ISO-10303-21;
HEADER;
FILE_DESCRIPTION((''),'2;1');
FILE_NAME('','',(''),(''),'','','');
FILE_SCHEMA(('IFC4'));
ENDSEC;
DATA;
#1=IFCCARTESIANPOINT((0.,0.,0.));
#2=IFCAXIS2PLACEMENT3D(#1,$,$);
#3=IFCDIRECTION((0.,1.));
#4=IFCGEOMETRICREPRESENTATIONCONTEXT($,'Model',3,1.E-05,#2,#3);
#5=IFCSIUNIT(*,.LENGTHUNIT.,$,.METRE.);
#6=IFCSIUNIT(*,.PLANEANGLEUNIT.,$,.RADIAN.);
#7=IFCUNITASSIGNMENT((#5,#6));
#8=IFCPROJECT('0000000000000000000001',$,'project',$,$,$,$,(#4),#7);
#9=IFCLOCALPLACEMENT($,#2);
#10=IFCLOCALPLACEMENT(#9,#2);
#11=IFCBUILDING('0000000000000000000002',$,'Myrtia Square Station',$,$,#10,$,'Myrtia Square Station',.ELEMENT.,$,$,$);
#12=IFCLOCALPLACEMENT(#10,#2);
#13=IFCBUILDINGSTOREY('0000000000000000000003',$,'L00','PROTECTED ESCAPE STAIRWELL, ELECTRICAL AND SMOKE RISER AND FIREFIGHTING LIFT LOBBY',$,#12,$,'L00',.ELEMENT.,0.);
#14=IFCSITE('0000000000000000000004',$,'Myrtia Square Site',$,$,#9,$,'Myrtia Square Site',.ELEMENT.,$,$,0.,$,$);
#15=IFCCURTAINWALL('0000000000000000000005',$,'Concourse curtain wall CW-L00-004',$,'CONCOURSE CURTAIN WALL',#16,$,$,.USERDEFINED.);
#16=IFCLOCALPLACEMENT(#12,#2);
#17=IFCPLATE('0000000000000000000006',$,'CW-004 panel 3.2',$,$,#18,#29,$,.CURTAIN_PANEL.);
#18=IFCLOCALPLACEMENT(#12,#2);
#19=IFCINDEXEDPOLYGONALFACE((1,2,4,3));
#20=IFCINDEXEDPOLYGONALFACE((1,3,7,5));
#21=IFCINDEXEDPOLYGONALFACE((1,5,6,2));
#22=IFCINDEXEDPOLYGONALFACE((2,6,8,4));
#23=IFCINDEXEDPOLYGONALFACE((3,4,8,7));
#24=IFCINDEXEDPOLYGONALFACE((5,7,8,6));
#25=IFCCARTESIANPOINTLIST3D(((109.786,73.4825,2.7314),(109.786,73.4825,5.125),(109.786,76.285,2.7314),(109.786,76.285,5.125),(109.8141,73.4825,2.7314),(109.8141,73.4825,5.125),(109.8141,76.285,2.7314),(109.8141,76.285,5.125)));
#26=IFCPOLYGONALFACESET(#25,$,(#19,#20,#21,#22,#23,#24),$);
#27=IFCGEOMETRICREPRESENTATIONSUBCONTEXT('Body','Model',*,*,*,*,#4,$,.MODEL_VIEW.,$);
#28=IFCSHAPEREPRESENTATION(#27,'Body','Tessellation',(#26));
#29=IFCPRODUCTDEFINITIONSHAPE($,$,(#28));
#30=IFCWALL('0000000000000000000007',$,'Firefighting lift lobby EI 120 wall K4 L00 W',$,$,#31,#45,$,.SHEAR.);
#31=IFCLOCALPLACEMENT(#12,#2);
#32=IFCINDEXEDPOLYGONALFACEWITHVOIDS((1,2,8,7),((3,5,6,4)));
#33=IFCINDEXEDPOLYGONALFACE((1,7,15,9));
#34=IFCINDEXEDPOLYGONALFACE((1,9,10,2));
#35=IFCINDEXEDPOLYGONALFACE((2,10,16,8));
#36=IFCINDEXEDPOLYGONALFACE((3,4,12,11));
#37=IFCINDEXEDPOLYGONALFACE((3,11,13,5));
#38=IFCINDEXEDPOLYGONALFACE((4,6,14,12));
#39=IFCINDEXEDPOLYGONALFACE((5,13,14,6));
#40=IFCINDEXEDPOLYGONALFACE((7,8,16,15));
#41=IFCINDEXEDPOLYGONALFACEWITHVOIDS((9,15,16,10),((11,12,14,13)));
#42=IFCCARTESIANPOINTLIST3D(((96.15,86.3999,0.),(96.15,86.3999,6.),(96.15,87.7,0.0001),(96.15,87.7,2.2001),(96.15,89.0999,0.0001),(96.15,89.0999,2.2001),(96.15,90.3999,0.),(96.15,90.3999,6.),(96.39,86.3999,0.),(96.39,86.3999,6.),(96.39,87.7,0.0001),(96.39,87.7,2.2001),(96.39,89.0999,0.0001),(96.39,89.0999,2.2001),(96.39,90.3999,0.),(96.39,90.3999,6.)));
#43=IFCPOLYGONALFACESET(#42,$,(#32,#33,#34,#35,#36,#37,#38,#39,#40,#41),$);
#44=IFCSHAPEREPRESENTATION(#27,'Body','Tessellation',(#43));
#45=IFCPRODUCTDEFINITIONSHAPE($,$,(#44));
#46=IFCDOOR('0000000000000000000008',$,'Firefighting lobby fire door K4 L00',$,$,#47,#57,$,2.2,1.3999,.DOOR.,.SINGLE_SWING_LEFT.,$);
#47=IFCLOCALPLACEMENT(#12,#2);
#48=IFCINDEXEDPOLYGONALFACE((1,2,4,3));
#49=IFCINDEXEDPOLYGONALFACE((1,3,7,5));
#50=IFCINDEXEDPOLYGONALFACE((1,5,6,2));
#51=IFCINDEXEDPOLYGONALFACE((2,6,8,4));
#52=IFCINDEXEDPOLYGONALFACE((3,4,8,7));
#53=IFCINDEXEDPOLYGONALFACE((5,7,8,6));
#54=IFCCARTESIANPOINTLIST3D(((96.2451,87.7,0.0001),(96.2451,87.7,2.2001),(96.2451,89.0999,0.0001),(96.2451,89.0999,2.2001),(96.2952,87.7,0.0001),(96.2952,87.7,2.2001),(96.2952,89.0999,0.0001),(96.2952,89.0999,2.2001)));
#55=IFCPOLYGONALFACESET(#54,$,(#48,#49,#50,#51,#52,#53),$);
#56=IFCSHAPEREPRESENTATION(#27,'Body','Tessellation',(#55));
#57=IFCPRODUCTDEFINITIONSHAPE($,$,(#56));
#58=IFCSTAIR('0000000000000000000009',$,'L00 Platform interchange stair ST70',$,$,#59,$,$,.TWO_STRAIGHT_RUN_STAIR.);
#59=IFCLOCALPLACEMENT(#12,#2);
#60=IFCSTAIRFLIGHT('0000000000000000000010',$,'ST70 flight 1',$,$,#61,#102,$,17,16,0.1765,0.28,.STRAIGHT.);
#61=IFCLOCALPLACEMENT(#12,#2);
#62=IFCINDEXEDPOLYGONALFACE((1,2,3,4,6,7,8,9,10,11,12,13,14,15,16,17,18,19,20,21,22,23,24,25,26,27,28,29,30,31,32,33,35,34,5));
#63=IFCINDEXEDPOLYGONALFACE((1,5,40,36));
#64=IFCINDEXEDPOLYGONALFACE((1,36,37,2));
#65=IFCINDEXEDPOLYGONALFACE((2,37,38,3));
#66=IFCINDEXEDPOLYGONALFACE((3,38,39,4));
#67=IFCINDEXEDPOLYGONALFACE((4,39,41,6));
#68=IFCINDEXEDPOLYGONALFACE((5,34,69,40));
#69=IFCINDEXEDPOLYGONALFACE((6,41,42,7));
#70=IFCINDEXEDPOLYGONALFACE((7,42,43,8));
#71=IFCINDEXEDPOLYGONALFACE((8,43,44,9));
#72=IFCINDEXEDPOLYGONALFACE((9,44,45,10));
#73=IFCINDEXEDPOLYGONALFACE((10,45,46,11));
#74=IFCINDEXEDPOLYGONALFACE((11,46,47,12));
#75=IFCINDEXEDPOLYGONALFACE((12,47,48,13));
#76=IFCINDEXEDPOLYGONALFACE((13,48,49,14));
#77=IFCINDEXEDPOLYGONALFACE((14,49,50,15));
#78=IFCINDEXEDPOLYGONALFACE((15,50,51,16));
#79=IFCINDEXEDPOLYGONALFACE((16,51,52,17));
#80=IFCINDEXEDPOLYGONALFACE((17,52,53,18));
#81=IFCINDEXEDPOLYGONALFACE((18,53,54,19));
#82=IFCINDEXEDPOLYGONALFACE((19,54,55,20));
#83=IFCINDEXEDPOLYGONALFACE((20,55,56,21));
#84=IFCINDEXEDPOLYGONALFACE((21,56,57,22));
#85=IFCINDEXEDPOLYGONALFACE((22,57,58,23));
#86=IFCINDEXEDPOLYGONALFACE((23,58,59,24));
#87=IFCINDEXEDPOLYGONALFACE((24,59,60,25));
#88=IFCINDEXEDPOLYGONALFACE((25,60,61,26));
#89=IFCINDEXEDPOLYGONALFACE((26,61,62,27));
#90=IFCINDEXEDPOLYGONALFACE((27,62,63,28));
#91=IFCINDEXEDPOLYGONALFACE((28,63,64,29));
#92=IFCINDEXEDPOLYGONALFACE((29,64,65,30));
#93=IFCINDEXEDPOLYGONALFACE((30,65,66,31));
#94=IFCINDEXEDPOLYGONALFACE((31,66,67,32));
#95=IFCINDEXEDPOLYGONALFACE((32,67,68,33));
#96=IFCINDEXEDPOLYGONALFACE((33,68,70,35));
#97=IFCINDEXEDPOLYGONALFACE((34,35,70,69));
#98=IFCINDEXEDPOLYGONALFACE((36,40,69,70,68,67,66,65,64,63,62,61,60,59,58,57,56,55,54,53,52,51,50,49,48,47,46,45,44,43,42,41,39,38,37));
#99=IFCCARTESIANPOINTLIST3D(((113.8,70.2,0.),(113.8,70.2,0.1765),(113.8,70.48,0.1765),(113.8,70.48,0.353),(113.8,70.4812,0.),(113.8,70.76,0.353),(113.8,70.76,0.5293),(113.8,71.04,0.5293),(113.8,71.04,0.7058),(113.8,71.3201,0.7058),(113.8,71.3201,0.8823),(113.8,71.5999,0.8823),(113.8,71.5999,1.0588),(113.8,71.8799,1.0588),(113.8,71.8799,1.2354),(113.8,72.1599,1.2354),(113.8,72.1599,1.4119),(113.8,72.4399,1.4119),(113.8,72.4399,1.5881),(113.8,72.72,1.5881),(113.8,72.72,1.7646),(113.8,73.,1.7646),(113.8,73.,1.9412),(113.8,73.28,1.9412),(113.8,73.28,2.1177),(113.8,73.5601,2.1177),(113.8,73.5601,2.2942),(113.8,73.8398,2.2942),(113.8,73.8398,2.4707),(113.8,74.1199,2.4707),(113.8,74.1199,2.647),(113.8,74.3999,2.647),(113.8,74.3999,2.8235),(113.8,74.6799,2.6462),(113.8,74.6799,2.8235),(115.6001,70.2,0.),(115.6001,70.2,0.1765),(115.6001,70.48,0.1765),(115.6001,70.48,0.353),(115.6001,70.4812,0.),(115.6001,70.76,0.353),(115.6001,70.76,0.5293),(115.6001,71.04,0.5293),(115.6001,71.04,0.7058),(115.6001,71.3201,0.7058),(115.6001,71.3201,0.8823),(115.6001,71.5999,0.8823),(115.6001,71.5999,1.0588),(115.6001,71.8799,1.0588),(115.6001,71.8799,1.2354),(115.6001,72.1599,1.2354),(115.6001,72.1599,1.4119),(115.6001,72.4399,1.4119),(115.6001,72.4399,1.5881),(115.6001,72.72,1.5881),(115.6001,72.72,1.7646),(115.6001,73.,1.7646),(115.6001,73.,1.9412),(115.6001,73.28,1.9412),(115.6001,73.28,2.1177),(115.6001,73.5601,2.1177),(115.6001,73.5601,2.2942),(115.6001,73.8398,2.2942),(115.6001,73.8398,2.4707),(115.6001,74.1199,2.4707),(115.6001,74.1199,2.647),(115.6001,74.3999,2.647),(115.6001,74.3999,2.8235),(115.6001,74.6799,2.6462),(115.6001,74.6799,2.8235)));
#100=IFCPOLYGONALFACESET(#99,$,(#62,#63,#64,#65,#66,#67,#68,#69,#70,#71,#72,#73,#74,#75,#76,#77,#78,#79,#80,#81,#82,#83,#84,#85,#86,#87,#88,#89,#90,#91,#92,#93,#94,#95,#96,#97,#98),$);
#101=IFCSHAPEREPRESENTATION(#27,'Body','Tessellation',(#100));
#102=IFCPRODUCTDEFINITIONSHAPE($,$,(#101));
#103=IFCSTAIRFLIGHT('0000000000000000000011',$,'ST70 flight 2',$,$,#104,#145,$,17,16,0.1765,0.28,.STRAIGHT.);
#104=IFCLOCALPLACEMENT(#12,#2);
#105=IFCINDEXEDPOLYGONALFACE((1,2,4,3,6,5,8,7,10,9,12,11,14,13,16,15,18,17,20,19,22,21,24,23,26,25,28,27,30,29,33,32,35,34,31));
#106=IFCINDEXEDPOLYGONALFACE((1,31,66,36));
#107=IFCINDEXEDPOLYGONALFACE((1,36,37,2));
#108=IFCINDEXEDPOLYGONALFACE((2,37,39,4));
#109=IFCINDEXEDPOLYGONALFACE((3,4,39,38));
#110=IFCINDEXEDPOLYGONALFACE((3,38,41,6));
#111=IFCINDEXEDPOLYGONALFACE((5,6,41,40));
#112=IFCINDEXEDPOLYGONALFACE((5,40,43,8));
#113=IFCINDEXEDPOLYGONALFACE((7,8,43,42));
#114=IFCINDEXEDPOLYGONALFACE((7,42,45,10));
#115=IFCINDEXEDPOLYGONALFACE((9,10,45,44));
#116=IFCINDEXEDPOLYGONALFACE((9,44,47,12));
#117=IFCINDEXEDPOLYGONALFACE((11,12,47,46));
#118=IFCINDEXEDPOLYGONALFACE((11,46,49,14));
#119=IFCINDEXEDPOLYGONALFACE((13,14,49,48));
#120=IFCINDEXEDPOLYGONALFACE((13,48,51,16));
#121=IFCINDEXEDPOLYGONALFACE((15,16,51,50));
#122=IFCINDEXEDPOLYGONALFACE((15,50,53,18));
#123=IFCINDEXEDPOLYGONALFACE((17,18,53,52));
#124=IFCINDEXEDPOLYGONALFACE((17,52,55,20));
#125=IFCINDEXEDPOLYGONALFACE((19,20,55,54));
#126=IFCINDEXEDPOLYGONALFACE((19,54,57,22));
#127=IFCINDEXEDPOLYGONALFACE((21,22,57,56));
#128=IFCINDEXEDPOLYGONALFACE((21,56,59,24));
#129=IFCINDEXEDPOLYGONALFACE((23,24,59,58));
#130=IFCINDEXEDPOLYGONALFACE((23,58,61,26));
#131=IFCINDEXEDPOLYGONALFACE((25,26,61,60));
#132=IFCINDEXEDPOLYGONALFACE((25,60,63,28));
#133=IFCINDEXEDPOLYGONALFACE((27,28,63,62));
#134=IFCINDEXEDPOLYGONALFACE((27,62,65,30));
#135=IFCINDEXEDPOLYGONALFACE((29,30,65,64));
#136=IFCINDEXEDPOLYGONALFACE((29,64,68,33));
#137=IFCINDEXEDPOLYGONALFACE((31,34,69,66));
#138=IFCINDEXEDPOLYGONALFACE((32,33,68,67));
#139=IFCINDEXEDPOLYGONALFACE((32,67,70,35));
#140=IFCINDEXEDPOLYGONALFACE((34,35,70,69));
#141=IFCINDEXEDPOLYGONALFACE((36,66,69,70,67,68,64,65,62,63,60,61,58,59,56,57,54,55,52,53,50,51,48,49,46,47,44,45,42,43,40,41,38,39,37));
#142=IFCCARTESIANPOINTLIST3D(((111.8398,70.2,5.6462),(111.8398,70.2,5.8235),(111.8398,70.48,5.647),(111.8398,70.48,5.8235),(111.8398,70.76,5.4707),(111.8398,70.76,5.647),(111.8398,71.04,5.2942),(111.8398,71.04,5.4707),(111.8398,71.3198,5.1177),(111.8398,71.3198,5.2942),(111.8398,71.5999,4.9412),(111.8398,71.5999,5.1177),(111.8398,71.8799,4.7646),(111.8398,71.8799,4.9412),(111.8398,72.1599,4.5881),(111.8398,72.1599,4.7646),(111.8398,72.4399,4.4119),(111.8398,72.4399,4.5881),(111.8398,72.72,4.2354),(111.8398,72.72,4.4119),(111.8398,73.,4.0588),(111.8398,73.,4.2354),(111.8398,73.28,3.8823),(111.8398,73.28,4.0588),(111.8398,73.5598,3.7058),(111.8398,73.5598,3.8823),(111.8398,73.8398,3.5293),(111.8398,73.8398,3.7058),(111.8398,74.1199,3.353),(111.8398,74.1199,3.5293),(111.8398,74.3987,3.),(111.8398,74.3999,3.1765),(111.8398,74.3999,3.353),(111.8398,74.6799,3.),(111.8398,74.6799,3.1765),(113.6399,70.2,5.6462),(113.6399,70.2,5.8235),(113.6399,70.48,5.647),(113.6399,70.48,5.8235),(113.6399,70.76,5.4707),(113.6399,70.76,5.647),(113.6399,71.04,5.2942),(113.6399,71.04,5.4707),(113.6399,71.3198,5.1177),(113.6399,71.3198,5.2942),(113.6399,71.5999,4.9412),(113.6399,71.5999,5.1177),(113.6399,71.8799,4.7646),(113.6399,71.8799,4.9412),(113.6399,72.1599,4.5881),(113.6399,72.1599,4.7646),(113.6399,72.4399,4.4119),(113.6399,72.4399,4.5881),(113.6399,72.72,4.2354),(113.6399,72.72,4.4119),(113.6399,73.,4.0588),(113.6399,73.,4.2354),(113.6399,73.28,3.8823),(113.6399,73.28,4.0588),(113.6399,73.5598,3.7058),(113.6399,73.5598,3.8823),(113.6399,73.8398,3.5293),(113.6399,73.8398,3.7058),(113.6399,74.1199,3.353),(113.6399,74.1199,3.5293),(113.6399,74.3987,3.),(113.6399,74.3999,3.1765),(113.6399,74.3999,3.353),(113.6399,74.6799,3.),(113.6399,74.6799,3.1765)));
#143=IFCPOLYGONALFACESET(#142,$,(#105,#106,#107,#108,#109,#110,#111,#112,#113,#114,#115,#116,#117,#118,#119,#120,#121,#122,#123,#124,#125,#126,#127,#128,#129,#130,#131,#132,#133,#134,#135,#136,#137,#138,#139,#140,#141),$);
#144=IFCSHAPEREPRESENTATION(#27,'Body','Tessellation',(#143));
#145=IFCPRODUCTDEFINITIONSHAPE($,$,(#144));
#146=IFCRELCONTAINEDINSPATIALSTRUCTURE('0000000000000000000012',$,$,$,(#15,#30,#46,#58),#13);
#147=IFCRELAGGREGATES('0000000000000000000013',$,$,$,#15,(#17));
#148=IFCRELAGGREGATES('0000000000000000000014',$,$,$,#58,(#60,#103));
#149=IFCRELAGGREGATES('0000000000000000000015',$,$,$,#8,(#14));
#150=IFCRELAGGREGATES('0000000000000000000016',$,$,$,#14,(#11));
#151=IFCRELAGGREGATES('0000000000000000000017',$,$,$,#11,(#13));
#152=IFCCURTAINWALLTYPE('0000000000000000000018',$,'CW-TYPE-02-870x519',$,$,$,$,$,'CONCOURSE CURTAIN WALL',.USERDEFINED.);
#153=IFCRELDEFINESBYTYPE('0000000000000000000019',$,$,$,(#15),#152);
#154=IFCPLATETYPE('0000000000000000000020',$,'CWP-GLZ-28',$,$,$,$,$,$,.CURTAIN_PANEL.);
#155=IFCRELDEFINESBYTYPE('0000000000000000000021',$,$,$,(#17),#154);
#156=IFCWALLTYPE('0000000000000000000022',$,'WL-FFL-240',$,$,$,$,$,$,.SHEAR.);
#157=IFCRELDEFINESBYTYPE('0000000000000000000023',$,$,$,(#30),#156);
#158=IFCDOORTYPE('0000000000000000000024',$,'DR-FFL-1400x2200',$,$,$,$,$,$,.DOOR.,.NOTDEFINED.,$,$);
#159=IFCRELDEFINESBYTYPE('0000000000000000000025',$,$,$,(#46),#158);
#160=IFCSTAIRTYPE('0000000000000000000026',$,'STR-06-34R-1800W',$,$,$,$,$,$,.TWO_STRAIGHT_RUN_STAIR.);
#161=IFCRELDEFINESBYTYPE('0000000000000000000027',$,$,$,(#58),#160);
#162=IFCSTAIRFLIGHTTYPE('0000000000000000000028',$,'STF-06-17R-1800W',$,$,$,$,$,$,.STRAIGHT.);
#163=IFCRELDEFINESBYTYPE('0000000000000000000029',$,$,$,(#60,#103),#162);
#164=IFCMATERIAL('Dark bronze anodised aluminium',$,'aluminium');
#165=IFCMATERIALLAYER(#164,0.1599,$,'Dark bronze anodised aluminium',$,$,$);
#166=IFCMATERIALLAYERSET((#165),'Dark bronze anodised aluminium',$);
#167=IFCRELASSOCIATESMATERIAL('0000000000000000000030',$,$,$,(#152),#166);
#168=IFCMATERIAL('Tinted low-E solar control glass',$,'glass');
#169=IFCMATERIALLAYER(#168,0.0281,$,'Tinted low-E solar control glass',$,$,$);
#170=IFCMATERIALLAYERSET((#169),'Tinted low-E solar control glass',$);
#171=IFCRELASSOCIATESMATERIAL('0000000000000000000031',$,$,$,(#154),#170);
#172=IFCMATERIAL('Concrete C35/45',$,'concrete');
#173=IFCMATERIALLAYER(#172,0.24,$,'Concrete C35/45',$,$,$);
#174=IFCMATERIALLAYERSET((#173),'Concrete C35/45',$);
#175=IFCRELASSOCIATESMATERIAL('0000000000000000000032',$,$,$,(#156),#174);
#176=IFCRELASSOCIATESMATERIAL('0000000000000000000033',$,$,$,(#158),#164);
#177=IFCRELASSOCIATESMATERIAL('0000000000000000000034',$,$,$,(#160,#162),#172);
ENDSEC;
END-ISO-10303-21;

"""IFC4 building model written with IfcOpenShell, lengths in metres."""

from ifc_helpers import new_model, si_unit, direction, frame, frame_2d, origin, origin_2d, place, context, subcontext, project, spatial, polyline, rectangle, outline, extrude, material, layer, layer_set, type_object, element, fill, aggregate, save


model = new_model("IFC4")

# Units and contexts
model_context = context("Model", 3, precision=1e-05, world=origin(), true_north=direction((0.0, 1.0)))
body_context = subcontext(model_context, "Body", "Model", "MODEL_VIEW")
ifc_project = project(units=[si_unit("LENGTHUNIT", "METRE"), si_unit("PLANEANGLEUNIT", "RADIAN")], contexts=[model_context])

# Site, building, storey
site_placement = place(None, origin())
site = spatial("IfcSite", under=ifc_project, at=site_placement, Name="Myrtia Square Site", LongName="Myrtia Square Site", CompositionType="ELEMENT", RefElevation=0.0)
building_placement = place(site_placement, origin())
building = spatial("IfcBuilding", under=site, at=building_placement, Name="Myrtia Square Station", LongName="Myrtia Square Station", CompositionType="ELEMENT")
storey_placement = place(building_placement, origin())
storey = spatial("IfcBuildingStorey", under=building, at=storey_placement, Name="L00", Description="PROTECTED ESCAPE STAIRWELL, ELECTRICAL AND SMOKE RISER AND FIREFIGHTING LIFT LOBBY", LongName="L00", CompositionType="ELEMENT", Elevation=0.0)

# Curtain wall
ifc_material_1 = material(Name="Dark bronze anodised aluminium", Category="aluminium")
ifc_layer_1 = layer(ifc_material_1, 0.1599, Name="Dark bronze anodised aluminium")
ifc_layer_set_1 = layer_set([ifc_layer_1], Name="Dark bronze anodised aluminium")
curtain_wall_type = type_object("IfcCurtainWallType", Name="CW-TYPE-02-870x519", ElementType="CONCOURSE CURTAIN WALL", PredefinedType="USERDEFINED", material=ifc_layer_set_1)
curtain_wall_placement = place(storey_placement, origin())
curtain_wall = element("IfcCurtainWall", 1, at=curtain_wall_placement, inside=storey, type_object=curtain_wall_type, Name="Concourse curtain wall CW-L00-004", ObjectType="CONCOURSE CURTAIN WALL", PredefinedType="USERDEFINED")

# Plate
ifc_material_2 = material(Name="Tinted low-E solar control glass", Category="glass")
ifc_layer_2 = layer(ifc_material_2, 0.0281, Name="Tinted low-E solar control glass")
ifc_layer_set_2 = layer_set([ifc_layer_2], Name="Tinted low-E solar control glass")
plate_type = type_object("IfcPlateType", Name="CWP-GLZ-28", PredefinedType="CURTAIN_PANEL", material=ifc_layer_set_2)
plate_1_placement = place(storey_placement, frame((109.8, 74.8838, 2.7314), z_axis=(0.0, 0.0, 1.0), x_axis=(0.0, 1.0, 0.0)))
plate_1 = element("IfcPlate", 2, at=plate_1_placement, type_object=plate_type, Name="CW-004 panel 3.2", PredefinedType="CURTAIN_PANEL", context=body_context, shape_type="SweptSolid", body=[
    extrude(rectangle(XDim=2.8025, YDim=0.0281, at=origin_2d()), origin(), (0.0, 0.0, 1.0), 2.3936),
])
aggregate(curtain_wall, [plate_1])

# Wall, opening, door
ifc_material_3 = material(Name="Concrete C35/45", Category="concrete")
ifc_layer_3 = layer(ifc_material_3, 0.24, Name="Concrete C35/45")
ifc_layer_set_3 = layer_set([ifc_layer_3], Name="Concrete C35/45")
wall_type_1 = type_object("IfcWallType", Name="WL-FFL-240", PredefinedType="SHEAR", material=ifc_layer_set_3)
wall_1_placement = place(storey_placement, frame((96.27, 86.3999, 0.0), z_axis=(0.0, 0.0, 1.0), x_axis=(0.0, 1.0, 0.0)))
wall_1 = element("IfcWall", 3, at=wall_1_placement, inside=storey, type_object=wall_type_1, Name="Firefighting lift lobby EI 120 wall K4 L00 W", PredefinedType="SHEAR", context=body_context, shape_type="SweptSolid", body=[
    extrude(rectangle(XDim=4.0, YDim=0.24, at=frame_2d((2.0, 0.0))), origin(), (0.0, 0.0, 1.0), 6.0),
])
opening_1_placement = place(wall_1_placement, frame((1.3, 0.0, 0.0)))
opening_1 = element("IfcOpeningElement", 4, at=opening_1_placement, cuts=wall_1, PredefinedType="OPENING", context=body_context, shape_type="SweptSolid", body=[
    extrude(rectangle(XDim=1.3999, YDim=2.2, at=frame_2d((0.7, 1.1001))), frame((0.0, 0.135, 0.0), z_axis=(0.0, -1.0, 0.0), x_axis=(1.0, 0.0, 0.0)), (0.0, 0.0, 1.0), 0.27),
])
door_type_1 = type_object("IfcDoorType", Name="DR-FFL-1400x2200", OperationType="NOTDEFINED", PredefinedType="DOOR", material=ifc_material_1)
door_1_placement = place(opening_1_placement, origin())
door_1 = element("IfcDoor", 5, at=door_1_placement, inside=storey, type_object=door_type_1, Name="Firefighting lobby fire door K4 L00", OperationType="SINGLE_SWING_LEFT", OverallHeight=2.2, OverallWidth=1.3999, PredefinedType="DOOR", context=body_context, shape_type="SweptSolid", body=[
    extrude(rectangle(XDim=1.3999, YDim=2.2, at=frame_2d((0.7, 1.1001))), frame((0.0, 0.0249, 0.0), z_axis=(0.0, -1.0, 0.0), x_axis=(1.0, 0.0, 0.0)), (0.0, 0.0, 1.0), 0.05),
])
fill(opening_1, door_1)

# Stair, stair flights
stair_type = type_object("IfcStairType", Name="STR-06-34R-1800W", PredefinedType="TWO_STRAIGHT_RUN_STAIR", material=ifc_material_3)
stair_placement = place(storey_placement, origin())
stair = element("IfcStair", 6, at=stair_placement, inside=storey, type_object=stair_type, Name="L00 Platform interchange stair ST70", PredefinedType="TWO_STRAIGHT_RUN_STAIR")
stair_flight_type = type_object("IfcStairFlightType", Name="STF-06-17R-1800W", PredefinedType="STRAIGHT", material=ifc_material_3)
stair_flight_1_placement = place(storey_placement, frame((114.7, 70.2, 0.0), z_axis=(0.0, 0.0, 1.0), x_axis=(0.0, 1.0, 0.0)))
stair_flight_1 = element("IfcStairFlight", 7, at=stair_flight_1_placement, type_object=stair_flight_type, Name="ST70 flight 1", NumberOfRisers=17, NumberOfTreads=16, PredefinedType="STRAIGHT", RiserHeight=0.1765, TreadLength=0.28, context=body_context, shape_type="SweptSolid", body=[
    extrude(outline(polyline([(0.0, 0.0), (0.0, 0.1765), (0.28, 0.1765), (0.28, 0.353), (0.5601, 0.353), (0.5601, 0.5293), (0.8401, 0.5293), (0.8401, 0.7058), (1.1201, 0.7058), (1.1201, 0.8823), (1.3999, 0.8823), (1.3999, 1.0588), (1.6799, 1.0588), (1.6799, 1.2354), (1.96, 1.2354), (1.96, 1.4119), (2.24, 1.4119), (2.24, 1.5881), (2.52, 1.5881), (2.52, 1.7646), (2.8, 1.7646), (2.8, 1.9412), (3.0801, 1.9412), (3.0801, 2.1177), (3.3601, 2.1177), (3.3601, 2.2942), (3.6399, 2.2942), (3.6399, 2.4707), (3.9199, 2.4707), (3.9199, 2.647), (4.2, 2.647), (4.2, 2.8235), (4.48, 2.8235), (4.48, 3.0), (4.48, 2.6462), (0.2812, 0.0), (0.0, 0.0)])), frame((0.0, 0.8999, 0.0), z_axis=(0.0, -1.0, 0.0), x_axis=(1.0, 0.0, 0.0)), (0.0, 0.0, 1.0), 1.8),
])
stair_flight_2_placement = place(storey_placement, frame((112.74, 74.6799, 3.0), z_axis=(0.0, 0.0, 1.0), x_axis=(0.0, -1.0, 0.0)))
stair_flight_2 = element("IfcStairFlight", 8, at=stair_flight_2_placement, type_object=stair_flight_type, Name="ST70 flight 2", NumberOfRisers=17, NumberOfTreads=16, PredefinedType="STRAIGHT", RiserHeight=0.1765, TreadLength=0.28, context=body_context, shape_type="SweptSolid", body=[
    extrude(outline(polyline([(0.0, 0.0), (0.0, 0.1765), (0.28, 0.1765), (0.28, 0.353), (0.5601, 0.353), (0.5601, 0.5293), (0.8401, 0.5293), (0.8401, 0.7058), (1.1201, 0.7058), (1.1201, 0.8823), (1.3999, 0.8823), (1.3999, 1.0588), (1.6799, 1.0588), (1.6799, 1.2354), (1.96, 1.2354), (1.96, 1.4119), (2.24, 1.4119), (2.24, 1.5881), (2.52, 1.5881), (2.52, 1.7646), (2.8, 1.7646), (2.8, 1.9412), (3.0801, 1.9412), (3.0801, 2.1177), (3.3601, 2.1177), (3.3601, 2.2942), (3.6399, 2.2942), (3.6399, 2.4707), (3.9199, 2.4707), (3.9199, 2.647), (4.2, 2.647), (4.2, 2.8235), (4.48, 2.8235), (4.48, 3.0), (4.48, 2.6462), (0.2812, 0.0), (0.0, 0.0)])), frame((0.0, 0.8999, 0.0), z_axis=(0.0, -1.0, 0.0), x_axis=(1.0, 0.0, 0.0)), (0.0, 0.0, 1.0), 1.8),
])
aggregate(stair, [stair_flight_1, stair_flight_2])

save(model, "model.ifc")
